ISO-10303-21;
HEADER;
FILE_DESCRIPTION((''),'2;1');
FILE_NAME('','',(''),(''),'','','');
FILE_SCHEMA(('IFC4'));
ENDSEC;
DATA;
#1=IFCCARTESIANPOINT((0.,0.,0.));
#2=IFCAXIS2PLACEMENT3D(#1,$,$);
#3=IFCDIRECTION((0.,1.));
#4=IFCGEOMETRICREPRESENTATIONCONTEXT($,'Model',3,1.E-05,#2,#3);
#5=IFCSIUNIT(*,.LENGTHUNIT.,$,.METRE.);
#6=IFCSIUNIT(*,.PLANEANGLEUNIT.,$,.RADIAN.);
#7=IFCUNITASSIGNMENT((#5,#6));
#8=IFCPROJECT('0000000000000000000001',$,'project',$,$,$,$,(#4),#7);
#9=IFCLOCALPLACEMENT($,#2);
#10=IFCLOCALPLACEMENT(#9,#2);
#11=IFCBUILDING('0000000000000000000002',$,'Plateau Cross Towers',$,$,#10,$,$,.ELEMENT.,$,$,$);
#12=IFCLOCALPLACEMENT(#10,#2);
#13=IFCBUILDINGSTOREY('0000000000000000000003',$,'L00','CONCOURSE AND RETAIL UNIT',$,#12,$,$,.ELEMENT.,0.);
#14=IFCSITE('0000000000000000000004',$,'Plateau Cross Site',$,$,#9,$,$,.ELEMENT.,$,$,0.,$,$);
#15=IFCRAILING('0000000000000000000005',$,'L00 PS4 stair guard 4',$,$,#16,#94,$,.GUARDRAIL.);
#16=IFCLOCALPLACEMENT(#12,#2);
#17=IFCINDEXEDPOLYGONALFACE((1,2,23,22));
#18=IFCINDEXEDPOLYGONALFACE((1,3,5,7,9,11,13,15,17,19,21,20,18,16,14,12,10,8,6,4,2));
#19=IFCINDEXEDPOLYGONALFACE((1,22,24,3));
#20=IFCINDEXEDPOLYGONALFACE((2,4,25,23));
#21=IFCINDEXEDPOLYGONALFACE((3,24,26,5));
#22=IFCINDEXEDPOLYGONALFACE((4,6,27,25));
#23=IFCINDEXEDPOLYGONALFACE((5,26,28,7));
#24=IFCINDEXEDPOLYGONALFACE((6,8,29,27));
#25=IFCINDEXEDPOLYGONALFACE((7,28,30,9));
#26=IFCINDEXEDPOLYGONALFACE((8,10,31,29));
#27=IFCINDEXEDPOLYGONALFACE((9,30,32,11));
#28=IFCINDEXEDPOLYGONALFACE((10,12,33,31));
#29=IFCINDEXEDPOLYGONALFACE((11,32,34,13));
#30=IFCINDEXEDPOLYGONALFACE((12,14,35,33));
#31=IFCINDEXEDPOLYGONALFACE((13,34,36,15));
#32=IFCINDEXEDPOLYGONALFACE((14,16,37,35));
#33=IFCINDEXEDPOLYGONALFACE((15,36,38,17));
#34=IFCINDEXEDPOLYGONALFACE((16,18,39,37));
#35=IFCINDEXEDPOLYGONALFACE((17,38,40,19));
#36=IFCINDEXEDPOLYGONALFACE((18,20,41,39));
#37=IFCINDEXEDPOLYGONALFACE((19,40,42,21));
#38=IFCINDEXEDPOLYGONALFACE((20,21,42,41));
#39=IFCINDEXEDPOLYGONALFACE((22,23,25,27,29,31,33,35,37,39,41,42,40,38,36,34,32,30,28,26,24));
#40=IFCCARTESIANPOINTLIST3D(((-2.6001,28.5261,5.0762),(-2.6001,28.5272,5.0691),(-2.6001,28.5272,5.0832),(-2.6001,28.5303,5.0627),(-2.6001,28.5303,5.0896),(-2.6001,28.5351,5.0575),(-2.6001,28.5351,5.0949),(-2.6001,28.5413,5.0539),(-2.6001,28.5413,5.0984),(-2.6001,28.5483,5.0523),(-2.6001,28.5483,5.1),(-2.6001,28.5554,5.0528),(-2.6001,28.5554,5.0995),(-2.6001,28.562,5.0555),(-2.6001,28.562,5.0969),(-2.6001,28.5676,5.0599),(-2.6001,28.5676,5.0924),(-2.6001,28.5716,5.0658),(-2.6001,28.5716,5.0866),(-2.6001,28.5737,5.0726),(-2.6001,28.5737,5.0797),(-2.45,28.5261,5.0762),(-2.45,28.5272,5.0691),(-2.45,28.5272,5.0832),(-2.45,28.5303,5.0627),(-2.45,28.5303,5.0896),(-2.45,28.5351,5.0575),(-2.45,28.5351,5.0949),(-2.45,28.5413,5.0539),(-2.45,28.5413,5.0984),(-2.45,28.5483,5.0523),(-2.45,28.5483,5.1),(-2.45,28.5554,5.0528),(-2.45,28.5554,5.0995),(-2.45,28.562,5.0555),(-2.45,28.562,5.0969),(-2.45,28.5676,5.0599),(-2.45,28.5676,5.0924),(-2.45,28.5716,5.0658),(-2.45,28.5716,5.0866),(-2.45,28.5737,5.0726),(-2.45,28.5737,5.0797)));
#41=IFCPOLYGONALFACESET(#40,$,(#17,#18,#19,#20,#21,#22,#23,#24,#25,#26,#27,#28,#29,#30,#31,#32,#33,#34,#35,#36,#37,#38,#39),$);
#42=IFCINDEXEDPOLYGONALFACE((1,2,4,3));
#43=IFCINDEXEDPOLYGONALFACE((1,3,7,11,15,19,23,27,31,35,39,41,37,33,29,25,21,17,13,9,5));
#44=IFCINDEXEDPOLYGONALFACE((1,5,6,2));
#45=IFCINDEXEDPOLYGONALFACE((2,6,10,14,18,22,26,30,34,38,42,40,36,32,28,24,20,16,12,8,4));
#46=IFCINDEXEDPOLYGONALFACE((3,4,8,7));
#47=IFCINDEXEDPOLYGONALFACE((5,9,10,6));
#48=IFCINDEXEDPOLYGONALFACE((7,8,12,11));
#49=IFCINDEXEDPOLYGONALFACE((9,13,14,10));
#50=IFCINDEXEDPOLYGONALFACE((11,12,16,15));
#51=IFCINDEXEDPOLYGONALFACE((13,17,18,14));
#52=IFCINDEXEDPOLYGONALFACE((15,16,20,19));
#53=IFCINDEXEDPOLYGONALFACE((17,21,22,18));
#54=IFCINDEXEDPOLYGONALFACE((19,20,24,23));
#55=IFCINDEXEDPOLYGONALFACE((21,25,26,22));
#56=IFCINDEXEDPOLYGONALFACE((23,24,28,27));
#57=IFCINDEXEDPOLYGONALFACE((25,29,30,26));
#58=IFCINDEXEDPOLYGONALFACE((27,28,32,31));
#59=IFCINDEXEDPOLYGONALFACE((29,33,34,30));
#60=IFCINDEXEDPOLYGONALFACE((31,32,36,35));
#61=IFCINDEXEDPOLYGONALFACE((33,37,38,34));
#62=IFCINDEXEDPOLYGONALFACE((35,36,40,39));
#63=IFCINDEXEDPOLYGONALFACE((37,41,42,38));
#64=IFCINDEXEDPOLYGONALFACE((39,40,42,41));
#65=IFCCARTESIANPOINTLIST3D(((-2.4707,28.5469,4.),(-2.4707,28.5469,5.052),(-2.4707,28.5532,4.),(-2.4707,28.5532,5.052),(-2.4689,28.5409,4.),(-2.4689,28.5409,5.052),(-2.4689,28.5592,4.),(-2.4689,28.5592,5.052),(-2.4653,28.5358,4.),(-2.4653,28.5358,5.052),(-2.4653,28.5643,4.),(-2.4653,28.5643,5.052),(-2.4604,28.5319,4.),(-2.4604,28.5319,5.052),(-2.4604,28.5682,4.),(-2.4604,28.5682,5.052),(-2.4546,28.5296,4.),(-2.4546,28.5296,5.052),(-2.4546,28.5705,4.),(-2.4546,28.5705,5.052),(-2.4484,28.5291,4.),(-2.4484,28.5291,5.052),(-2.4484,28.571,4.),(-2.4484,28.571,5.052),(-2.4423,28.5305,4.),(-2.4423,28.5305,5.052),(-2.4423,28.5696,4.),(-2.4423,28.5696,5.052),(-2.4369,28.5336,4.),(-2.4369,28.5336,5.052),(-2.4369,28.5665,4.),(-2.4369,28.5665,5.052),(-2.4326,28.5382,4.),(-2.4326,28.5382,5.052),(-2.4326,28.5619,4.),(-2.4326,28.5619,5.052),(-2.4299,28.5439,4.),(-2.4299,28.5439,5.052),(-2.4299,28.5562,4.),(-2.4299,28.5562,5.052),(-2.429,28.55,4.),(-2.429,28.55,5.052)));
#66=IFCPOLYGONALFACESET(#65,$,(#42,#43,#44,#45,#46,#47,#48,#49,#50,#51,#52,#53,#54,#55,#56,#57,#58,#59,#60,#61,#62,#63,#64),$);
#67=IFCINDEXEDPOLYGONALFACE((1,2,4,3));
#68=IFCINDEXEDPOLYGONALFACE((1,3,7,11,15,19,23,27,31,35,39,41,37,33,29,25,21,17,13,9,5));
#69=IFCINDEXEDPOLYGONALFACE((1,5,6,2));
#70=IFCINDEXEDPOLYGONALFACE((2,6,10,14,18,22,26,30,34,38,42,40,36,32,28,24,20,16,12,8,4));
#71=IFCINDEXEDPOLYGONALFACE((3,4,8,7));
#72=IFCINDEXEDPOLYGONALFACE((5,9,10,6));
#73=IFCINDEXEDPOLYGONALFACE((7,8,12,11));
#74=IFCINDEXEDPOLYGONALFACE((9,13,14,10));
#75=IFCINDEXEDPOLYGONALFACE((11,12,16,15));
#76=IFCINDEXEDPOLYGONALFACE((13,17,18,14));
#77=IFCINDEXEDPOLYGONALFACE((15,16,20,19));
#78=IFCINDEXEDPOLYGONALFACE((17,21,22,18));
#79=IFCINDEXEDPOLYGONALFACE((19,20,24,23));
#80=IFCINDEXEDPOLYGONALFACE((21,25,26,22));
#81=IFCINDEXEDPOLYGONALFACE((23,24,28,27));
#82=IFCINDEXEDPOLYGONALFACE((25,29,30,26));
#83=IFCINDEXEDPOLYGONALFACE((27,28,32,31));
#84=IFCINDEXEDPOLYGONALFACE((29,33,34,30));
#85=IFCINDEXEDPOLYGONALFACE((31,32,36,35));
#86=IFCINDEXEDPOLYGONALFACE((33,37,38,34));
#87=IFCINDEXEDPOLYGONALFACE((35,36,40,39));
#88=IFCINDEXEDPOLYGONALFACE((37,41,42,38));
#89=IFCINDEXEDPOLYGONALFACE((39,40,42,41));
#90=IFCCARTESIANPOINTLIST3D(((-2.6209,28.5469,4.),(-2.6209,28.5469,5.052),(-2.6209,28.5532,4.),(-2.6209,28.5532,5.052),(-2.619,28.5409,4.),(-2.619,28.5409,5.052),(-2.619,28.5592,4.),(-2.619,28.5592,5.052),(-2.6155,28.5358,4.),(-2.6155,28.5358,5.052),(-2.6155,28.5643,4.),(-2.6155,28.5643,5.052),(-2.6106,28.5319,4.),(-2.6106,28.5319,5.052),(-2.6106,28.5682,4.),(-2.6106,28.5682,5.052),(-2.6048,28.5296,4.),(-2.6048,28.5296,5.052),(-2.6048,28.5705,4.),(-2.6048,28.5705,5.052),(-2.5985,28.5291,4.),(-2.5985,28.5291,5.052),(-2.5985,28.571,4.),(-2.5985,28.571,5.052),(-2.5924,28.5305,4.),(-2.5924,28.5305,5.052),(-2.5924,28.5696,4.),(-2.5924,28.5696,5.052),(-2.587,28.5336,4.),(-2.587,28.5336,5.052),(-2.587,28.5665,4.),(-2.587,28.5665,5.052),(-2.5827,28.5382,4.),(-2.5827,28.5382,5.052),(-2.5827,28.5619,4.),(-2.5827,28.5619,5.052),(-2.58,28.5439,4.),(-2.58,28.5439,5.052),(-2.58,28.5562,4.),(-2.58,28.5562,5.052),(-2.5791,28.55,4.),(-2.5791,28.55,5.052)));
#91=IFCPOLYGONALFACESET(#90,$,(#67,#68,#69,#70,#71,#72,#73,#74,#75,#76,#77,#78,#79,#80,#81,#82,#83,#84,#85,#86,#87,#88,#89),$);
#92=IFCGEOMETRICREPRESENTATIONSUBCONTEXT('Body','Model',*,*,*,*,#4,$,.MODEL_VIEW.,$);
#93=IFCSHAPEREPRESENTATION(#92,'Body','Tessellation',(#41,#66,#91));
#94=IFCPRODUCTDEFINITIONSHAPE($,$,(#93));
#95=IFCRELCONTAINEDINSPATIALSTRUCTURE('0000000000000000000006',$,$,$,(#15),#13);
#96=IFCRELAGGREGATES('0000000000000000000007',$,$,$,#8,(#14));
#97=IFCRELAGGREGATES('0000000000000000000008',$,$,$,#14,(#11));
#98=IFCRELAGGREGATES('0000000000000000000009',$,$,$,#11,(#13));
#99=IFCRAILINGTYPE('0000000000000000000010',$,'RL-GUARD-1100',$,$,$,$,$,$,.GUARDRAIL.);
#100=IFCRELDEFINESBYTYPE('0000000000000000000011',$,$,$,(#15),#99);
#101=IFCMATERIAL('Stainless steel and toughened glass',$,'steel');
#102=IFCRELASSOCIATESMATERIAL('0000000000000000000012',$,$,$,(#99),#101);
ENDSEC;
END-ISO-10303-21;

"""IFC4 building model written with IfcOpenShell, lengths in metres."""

from ifc_helpers import new_model, si_unit, direction, frame, origin, origin_2d, place, context, subcontext, project, spatial, circle, extrude, material, type_object, element, save


model = new_model("IFC4")

# Units and contexts
model_context = context("Model", 3, precision=1e-05, world=origin(), true_north=direction((0.0, 1.0)))
body_context = subcontext(model_context, "Body", "Model", "MODEL_VIEW")
ifc_project = project(units=[si_unit("LENGTHUNIT", "METRE"), si_unit("PLANEANGLEUNIT", "RADIAN")], contexts=[model_context])

# Site, building, storey
site_placement = place(None, origin())
site = spatial("IfcSite", under=ifc_project, at=site_placement, Name="Plateau Cross Site", CompositionType="ELEMENT", RefElevation=0.0)
building_placement = place(site_placement, origin())
building = spatial("IfcBuilding", under=site, at=building_placement, Name="Plateau Cross Towers", CompositionType="ELEMENT")
storey_placement = place(building_placement, origin())
storey = spatial("IfcBuildingStorey", under=building, at=storey_placement, Name="L00", Description="CONCOURSE AND RETAIL UNIT", CompositionType="ELEMENT", Elevation=0.0)

# Railing
ifc_material_1 = material(Name="Stainless steel and toughened glass", Category="steel")
railing_type_1 = type_object("IfcRailingType", Name="RL-GUARD-1100", PredefinedType="GUARDRAIL", material=ifc_material_1)
railing_1_placement = place(storey_placement, frame((-2.45, 28.55, 4.0)))
element("IfcRailing", 1, at=railing_1_placement, inside=storey, type_object=railing_type_1, Name="L00 PS4 stair guard 4", PredefinedType="GUARDRAIL", context=body_context, shape_type="SweptSolid", body=[
    extrude(circle(Radius=0.0239, at=origin_2d()), frame((0.0, 0.0, 1.0762), z_axis=(-1.0, 0.0, 0.0), x_axis=(0.0, -1.0, 0.0)), (0.0, 0.0, 1.0), 0.1501),
    extrude(circle(Radius=0.021, at=origin_2d()), origin(), (0.0, 0.0, 1.0), 1.052),
    extrude(circle(Radius=0.021, at=origin_2d()), frame((-0.1501, 0.0, 0.0)), (0.0, 0.0, 1.0), 1.052),
])

save(model, "model.ifc")
